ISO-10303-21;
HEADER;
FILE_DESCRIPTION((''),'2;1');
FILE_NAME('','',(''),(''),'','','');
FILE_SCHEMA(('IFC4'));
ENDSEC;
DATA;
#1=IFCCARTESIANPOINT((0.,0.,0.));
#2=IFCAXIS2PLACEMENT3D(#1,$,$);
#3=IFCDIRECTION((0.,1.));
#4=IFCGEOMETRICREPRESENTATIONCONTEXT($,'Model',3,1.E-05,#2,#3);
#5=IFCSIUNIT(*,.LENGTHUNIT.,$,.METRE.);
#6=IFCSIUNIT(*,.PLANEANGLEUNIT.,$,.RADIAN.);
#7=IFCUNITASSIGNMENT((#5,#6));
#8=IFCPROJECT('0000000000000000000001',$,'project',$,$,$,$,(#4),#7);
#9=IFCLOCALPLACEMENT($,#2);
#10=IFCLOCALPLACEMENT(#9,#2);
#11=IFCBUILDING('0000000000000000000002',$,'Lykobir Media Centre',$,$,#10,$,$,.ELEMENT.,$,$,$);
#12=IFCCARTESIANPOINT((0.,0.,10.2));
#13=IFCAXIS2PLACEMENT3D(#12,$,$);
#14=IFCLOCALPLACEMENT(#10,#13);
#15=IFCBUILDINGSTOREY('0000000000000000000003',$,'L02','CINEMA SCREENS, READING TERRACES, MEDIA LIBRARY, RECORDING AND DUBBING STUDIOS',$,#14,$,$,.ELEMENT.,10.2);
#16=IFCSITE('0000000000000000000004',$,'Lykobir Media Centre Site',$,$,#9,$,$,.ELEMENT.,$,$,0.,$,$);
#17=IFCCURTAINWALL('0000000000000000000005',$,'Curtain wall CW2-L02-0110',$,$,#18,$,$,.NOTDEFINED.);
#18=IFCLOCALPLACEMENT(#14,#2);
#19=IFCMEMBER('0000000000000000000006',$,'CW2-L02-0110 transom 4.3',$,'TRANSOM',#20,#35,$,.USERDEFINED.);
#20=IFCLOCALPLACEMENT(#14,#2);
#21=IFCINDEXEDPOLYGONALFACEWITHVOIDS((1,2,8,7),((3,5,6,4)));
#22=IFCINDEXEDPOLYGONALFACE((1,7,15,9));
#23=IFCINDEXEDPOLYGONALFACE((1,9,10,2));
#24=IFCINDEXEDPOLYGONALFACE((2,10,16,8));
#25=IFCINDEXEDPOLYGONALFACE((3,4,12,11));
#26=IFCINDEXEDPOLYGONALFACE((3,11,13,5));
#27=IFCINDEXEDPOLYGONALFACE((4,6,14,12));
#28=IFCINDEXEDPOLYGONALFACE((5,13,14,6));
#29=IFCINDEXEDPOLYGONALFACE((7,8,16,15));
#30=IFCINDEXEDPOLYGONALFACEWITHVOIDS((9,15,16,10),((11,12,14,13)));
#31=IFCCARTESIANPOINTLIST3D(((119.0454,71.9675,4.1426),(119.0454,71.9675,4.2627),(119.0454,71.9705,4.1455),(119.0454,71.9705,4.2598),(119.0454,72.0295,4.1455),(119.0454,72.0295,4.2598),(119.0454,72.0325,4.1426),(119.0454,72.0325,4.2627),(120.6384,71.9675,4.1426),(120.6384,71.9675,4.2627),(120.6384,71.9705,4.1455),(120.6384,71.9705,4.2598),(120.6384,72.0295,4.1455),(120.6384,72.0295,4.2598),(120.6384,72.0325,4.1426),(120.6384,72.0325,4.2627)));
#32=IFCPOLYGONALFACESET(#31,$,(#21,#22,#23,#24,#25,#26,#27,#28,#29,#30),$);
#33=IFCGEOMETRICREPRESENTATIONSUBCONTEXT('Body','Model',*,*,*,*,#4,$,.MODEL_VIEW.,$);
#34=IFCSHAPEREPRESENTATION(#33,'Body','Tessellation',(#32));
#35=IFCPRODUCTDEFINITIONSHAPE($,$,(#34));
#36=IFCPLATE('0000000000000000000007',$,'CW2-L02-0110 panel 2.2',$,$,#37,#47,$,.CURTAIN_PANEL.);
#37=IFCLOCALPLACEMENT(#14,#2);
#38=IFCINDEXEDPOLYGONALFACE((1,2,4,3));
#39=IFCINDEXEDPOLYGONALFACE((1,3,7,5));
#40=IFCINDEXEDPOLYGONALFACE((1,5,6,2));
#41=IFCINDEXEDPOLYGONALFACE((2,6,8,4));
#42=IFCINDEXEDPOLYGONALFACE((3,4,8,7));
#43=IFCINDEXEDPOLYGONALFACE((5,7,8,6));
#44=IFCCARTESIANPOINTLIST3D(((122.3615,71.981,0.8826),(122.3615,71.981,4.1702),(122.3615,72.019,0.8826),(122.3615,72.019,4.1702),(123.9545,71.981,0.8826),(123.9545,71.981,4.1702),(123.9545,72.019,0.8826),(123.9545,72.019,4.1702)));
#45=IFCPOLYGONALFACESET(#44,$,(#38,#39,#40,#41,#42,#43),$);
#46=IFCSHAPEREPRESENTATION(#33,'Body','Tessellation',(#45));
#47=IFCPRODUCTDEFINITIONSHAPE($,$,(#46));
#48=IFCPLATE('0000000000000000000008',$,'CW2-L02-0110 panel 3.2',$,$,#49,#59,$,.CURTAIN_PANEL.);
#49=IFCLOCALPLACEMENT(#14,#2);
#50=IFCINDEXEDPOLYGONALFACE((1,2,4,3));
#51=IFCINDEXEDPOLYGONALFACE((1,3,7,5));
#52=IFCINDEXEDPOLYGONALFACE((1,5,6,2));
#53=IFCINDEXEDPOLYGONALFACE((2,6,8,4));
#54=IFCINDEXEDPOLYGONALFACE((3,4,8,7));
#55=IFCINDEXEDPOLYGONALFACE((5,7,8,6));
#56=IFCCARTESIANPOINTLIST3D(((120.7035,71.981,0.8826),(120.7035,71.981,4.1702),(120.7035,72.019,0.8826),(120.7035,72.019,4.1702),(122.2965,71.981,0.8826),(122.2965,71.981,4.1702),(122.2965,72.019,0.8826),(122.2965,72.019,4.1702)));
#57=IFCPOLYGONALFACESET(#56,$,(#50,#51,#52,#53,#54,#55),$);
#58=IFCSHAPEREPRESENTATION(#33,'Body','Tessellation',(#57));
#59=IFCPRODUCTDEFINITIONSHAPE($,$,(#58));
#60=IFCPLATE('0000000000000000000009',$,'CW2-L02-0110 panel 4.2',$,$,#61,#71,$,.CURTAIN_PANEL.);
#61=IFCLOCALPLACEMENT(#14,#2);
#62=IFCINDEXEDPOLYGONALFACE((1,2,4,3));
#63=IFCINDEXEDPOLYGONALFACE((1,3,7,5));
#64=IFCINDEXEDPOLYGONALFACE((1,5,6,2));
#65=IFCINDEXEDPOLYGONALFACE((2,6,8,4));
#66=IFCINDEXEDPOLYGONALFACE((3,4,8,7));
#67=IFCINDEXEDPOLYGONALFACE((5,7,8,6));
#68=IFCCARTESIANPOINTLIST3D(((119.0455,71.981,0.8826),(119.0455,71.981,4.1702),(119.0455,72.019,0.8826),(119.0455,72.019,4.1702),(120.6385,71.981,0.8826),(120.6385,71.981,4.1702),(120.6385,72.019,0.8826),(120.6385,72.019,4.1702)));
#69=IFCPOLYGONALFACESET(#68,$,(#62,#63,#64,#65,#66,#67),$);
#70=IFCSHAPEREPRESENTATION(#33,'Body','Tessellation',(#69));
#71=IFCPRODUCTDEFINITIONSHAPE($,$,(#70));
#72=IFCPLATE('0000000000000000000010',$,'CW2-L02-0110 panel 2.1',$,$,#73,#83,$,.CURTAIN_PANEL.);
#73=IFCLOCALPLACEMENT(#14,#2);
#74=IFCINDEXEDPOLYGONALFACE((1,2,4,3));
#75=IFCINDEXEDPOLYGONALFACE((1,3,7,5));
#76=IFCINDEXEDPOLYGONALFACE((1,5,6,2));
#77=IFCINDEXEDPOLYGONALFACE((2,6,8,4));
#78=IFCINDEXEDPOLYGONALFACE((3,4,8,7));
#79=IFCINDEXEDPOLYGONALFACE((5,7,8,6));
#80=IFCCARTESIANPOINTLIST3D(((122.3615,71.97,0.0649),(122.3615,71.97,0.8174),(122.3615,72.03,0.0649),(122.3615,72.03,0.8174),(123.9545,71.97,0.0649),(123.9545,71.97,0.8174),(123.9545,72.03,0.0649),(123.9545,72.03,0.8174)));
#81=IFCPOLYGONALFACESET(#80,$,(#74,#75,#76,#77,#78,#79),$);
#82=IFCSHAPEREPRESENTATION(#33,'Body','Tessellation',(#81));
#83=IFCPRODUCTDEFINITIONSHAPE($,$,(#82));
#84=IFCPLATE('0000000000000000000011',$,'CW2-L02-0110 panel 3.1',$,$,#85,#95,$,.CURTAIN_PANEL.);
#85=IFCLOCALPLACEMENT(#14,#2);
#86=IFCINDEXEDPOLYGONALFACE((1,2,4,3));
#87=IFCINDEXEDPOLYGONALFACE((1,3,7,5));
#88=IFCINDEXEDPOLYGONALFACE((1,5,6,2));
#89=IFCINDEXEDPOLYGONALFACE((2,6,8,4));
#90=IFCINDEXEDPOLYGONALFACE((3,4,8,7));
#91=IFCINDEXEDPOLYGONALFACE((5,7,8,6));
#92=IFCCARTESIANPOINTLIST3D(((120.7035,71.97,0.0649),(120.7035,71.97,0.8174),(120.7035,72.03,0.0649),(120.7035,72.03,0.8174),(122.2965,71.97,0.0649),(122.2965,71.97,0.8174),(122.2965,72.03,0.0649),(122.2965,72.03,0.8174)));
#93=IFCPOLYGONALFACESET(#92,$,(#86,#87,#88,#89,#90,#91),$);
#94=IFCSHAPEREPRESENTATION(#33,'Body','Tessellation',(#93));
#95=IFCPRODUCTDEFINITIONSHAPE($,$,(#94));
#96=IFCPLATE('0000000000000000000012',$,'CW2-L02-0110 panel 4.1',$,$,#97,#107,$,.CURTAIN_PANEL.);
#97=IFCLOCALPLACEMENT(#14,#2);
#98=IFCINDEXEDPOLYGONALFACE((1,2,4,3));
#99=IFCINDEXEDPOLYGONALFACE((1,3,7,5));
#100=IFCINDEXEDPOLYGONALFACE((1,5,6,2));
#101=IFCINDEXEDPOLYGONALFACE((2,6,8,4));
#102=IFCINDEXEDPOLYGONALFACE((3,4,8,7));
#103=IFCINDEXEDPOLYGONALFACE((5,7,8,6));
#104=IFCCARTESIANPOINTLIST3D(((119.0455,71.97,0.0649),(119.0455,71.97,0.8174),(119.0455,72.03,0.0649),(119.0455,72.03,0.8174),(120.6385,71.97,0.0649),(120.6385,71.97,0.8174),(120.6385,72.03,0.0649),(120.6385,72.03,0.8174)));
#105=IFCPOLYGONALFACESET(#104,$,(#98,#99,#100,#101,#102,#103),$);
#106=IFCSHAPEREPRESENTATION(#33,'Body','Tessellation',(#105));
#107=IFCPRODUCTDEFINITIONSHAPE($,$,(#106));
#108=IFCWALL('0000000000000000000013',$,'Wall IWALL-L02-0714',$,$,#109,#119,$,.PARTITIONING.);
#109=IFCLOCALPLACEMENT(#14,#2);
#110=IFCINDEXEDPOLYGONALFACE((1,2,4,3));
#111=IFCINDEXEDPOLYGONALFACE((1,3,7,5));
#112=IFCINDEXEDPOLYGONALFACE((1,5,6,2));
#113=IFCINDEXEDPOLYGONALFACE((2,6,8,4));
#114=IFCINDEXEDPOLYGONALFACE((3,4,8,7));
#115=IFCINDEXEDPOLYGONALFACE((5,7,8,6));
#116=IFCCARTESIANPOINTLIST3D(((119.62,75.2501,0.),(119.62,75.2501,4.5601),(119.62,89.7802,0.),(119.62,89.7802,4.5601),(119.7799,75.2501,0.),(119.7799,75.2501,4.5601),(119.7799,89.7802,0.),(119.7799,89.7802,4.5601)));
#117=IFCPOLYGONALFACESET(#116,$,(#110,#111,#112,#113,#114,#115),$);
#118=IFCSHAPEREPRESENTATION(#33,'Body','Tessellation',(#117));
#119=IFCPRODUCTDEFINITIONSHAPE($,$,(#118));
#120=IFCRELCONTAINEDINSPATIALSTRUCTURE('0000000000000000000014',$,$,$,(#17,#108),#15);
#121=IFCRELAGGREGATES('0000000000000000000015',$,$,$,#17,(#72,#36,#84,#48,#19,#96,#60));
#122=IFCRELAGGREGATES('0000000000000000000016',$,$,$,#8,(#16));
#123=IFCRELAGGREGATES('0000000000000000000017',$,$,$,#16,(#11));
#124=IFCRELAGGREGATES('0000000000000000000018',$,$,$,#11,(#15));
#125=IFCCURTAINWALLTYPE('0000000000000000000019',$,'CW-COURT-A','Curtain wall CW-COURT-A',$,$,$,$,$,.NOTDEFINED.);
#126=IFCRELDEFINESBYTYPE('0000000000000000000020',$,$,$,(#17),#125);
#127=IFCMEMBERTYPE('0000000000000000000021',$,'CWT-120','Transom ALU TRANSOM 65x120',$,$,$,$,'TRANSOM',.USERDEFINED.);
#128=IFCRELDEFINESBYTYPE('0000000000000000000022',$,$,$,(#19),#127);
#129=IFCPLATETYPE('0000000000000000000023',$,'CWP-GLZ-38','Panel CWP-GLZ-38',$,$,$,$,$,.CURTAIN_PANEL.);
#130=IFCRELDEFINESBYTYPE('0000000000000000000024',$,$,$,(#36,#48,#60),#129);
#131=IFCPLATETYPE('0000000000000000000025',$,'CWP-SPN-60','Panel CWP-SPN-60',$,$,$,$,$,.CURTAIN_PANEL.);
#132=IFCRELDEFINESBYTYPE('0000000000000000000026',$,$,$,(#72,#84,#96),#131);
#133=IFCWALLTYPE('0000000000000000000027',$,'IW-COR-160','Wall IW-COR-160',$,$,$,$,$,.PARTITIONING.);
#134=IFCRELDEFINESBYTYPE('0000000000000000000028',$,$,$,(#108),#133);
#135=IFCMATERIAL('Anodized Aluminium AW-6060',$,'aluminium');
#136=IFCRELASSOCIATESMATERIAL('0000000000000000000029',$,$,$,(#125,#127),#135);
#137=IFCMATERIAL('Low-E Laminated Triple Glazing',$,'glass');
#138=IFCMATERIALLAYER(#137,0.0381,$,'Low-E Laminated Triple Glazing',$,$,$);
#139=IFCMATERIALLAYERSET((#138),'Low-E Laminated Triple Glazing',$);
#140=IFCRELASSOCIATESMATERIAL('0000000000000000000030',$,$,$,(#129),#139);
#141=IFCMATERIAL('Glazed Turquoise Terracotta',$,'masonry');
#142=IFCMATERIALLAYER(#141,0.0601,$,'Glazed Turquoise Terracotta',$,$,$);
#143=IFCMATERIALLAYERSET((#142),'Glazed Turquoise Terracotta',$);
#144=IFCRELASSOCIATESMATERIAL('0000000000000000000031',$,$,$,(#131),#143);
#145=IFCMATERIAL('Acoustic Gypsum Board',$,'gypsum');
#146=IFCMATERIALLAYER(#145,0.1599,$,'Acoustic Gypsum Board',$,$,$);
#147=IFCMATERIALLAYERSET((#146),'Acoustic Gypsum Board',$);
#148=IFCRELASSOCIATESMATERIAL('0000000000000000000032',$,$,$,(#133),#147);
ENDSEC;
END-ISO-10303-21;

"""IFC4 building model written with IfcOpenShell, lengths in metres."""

from ifc_helpers import new_model, si_unit, direction, frame, frame_2d, origin, origin_2d, place, context, subcontext, project, spatial, rectangle, hollow_rectangle, extrude, material, layer, layer_set, material_profile, profile_set, type_object, element, aggregate, save


model = new_model("IFC4")

# Units and contexts
model_context = context("Model", 3, precision=1e-05, world=origin(), true_north=direction((0.0, 1.0)))
body_context = subcontext(model_context, "Body", "Model", "MODEL_VIEW")
ifc_project = project(units=[si_unit("LENGTHUNIT", "METRE"), si_unit("PLANEANGLEUNIT", "RADIAN")], contexts=[model_context])

# Site, building, storey
site_placement = place(None, origin())
site = spatial("IfcSite", under=ifc_project, at=site_placement, Name="Lykobir Media Centre Site", CompositionType="ELEMENT", RefElevation=0.0)
building_placement = place(site_placement, origin())
building = spatial("IfcBuilding", under=site, at=building_placement, Name="Lykobir Media Centre", CompositionType="ELEMENT")
storey_placement = place(building_placement, frame((0.0, 0.0, 10.2)))
storey = spatial("IfcBuildingStorey", under=building, at=storey_placement, Name="L02", Description="CINEMA SCREENS, READING TERRACES, MEDIA LIBRARY, RECORDING AND DUBBING STUDIOS", CompositionType="ELEMENT", Elevation=10.2)

# Curtain wall, member, plates
ifc_material_1 = material(Name="Anodized Aluminium AW-6060", Category="aluminium")
curtain_wall_type = type_object("IfcCurtainWallType", Name="CW-COURT-A", Description="Curtain wall CW-COURT-A", PredefinedType="NOTDEFINED", material=ifc_material_1)
curtain_wall_placement = place(storey_placement, origin())
curtain_wall = element("IfcCurtainWall", 1, at=curtain_wall_placement, inside=storey, type_object=curtain_wall_type, Name="Curtain wall CW2-L02-0110", PredefinedType="NOTDEFINED")
ifc_material_profile_1 = material_profile(ifc_material_1, hollow_rectangle(XDim=0.0649, YDim=0.1201, WallThickness=0.0029, at=origin_2d()), Name="ALU TRANSOM 65x120")
ifc_profile_set_1 = profile_set([ifc_material_profile_1], Name="Anodized Aluminium AW-6060")
member_type_1 = type_object("IfcMemberType", Name="CWT-120", Description="Transom ALU TRANSOM 65x120", ElementType="TRANSOM", PredefinedType="USERDEFINED", material=ifc_profile_set_1)
member_1_placement = place(storey_placement, frame((120.6384, 72.0, 4.2026), z_axis=(-1.0, 0.0, 0.0), x_axis=(0.0, -1.0, 0.0)))
member_1 = element("IfcMember", 2, at=member_1_placement, type_object=member_type_1, Name="CW2-L02-0110 transom 4.3", ObjectType="TRANSOM", PredefinedType="USERDEFINED", context=body_context, shape_type="SweptSolid", body=[
    extrude(hollow_rectangle(XDim=0.0649, YDim=0.1201, WallThickness=0.0029, at=origin_2d()), origin(), (0.0, 0.0, 1.0), 1.593),
])
ifc_material_2 = material(Name="Low-E Laminated Triple Glazing", Category="glass")
ifc_layer_1 = layer(ifc_material_2, 0.0381, Name="Low-E Laminated Triple Glazing")
ifc_layer_set_1 = layer_set([ifc_layer_1], Name="Low-E Laminated Triple Glazing")
plate_type_1 = type_object("IfcPlateType", Name="CWP-GLZ-38", Description="Panel CWP-GLZ-38", PredefinedType="CURTAIN_PANEL", material=ifc_layer_set_1)
plate_1_placement = place(storey_placement, frame((123.158, 72.0, 0.8826), z_axis=(0.0, 0.0, 1.0), x_axis=(-1.0, 0.0, 0.0)))
plate_1 = element("IfcPlate", 3, at=plate_1_placement, type_object=plate_type_1, Name="CW2-L02-0110 panel 2.2", PredefinedType="CURTAIN_PANEL", context=body_context, shape_type="SweptSolid", body=[
    extrude(rectangle(XDim=1.593, YDim=0.0381, at=origin_2d()), origin(), (0.0, 0.0, 1.0), 3.2876),
])
plate_2_placement = place(storey_placement, frame((121.5, 72.0, 0.8826), z_axis=(0.0, 0.0, 1.0), x_axis=(-1.0, 0.0, 0.0)))
plate_2 = element("IfcPlate", 4, at=plate_2_placement, type_object=plate_type_1, Name="CW2-L02-0110 panel 3.2", PredefinedType="CURTAIN_PANEL", context=body_context, shape_type="SweptSolid", body=[
    extrude(rectangle(XDim=1.593, YDim=0.0381, at=origin_2d()), origin(), (0.0, 0.0, 1.0), 3.2876),
])
plate_3_placement = place(storey_placement, frame((119.842, 72.0, 0.8826), z_axis=(0.0, 0.0, 1.0), x_axis=(-1.0, 0.0, 0.0)))
plate_3 = element("IfcPlate", 5, at=plate_3_placement, type_object=plate_type_1, Name="CW2-L02-0110 panel 4.2", PredefinedType="CURTAIN_PANEL", context=body_context, shape_type="SweptSolid", body=[
    extrude(rectangle(XDim=1.593, YDim=0.0381, at=origin_2d()), origin(), (0.0, 0.0, 1.0), 3.2876),
])
ifc_material_3 = material(Name="Glazed Turquoise Terracotta", Category="masonry")
ifc_layer_2 = layer(ifc_material_3, 0.0601, Name="Glazed Turquoise Terracotta")
ifc_layer_set_2 = layer_set([ifc_layer_2], Name="Glazed Turquoise Terracotta")
plate_type_2 = type_object("IfcPlateType", Name="CWP-SPN-60", Description="Panel CWP-SPN-60", PredefinedType="CURTAIN_PANEL", material=ifc_layer_set_2)
plate_4_placement = place(storey_placement, frame((123.158, 72.0, 0.0649), z_axis=(0.0, 0.0, 1.0), x_axis=(-1.0, 0.0, 0.0)))
plate_4 = element("IfcPlate", 6, at=plate_4_placement, type_object=plate_type_2, Name="CW2-L02-0110 panel 2.1", PredefinedType="CURTAIN_PANEL", context=body_context, shape_type="SweptSolid", body=[
    extrude(rectangle(XDim=1.593, YDim=0.0601, at=origin_2d()), origin(), (0.0, 0.0, 1.0), 0.7524),
])
plate_5_placement = place(storey_placement, frame((121.5, 72.0, 0.0649), z_axis=(0.0, 0.0, 1.0), x_axis=(-1.0, 0.0, 0.0)))
plate_5 = element("IfcPlate", 7, at=plate_5_placement, type_object=plate_type_2, Name="CW2-L02-0110 panel 3.1", PredefinedType="CURTAIN_PANEL", context=body_context, shape_type="SweptSolid", body=[
    extrude(rectangle(XDim=1.593, YDim=0.0601, at=origin_2d()), origin(), (0.0, 0.0, 1.0), 0.7524),
])
plate_6_placement = place(storey_placement, frame((119.842, 72.0, 0.0649), z_axis=(0.0, 0.0, 1.0), x_axis=(-1.0, 0.0, 0.0)))
plate_6 = element("IfcPlate", 8, at=plate_6_placement, type_object=plate_type_2, Name="CW2-L02-0110 panel 4.1", PredefinedType="CURTAIN_PANEL", context=body_context, shape_type="SweptSolid", body=[
    extrude(rectangle(XDim=1.593, YDim=0.0601, at=origin_2d()), origin(), (0.0, 0.0, 1.0), 0.7524),
])
aggregate(curtain_wall, [plate_4, plate_1, plate_5, plate_2, member_1, plate_6, plate_3])

# Wall
ifc_material_4 = material(Name="Acoustic Gypsum Board", Category="gypsum")
ifc_layer_3 = layer(ifc_material_4, 0.1599, Name="Acoustic Gypsum Board")
ifc_layer_set_3 = layer_set([ifc_layer_3], Name="Acoustic Gypsum Board")
wall_type_1 = type_object("IfcWallType", Name="IW-COR-160", Description="Wall IW-COR-160", PredefinedType="PARTITIONING", material=ifc_layer_set_3)
wall_1_placement = place(storey_placement, frame((119.7, 75.25, 0.0), z_axis=(0.0, 0.0, 1.0), x_axis=(0.0, 1.0, 0.0)))
element("IfcWall", 9, at=wall_1_placement, inside=storey, type_object=wall_type_1, Name="Wall IWALL-L02-0714", PredefinedType="PARTITIONING", context=body_context, shape_type="SweptSolid", body=[
    extrude(rectangle(XDim=14.53, YDim=0.1599, at=frame_2d((7.2651, 0.0))), origin(), (0.0, 0.0, 1.0), 4.5601),
])

save(model, "model.ifc")
